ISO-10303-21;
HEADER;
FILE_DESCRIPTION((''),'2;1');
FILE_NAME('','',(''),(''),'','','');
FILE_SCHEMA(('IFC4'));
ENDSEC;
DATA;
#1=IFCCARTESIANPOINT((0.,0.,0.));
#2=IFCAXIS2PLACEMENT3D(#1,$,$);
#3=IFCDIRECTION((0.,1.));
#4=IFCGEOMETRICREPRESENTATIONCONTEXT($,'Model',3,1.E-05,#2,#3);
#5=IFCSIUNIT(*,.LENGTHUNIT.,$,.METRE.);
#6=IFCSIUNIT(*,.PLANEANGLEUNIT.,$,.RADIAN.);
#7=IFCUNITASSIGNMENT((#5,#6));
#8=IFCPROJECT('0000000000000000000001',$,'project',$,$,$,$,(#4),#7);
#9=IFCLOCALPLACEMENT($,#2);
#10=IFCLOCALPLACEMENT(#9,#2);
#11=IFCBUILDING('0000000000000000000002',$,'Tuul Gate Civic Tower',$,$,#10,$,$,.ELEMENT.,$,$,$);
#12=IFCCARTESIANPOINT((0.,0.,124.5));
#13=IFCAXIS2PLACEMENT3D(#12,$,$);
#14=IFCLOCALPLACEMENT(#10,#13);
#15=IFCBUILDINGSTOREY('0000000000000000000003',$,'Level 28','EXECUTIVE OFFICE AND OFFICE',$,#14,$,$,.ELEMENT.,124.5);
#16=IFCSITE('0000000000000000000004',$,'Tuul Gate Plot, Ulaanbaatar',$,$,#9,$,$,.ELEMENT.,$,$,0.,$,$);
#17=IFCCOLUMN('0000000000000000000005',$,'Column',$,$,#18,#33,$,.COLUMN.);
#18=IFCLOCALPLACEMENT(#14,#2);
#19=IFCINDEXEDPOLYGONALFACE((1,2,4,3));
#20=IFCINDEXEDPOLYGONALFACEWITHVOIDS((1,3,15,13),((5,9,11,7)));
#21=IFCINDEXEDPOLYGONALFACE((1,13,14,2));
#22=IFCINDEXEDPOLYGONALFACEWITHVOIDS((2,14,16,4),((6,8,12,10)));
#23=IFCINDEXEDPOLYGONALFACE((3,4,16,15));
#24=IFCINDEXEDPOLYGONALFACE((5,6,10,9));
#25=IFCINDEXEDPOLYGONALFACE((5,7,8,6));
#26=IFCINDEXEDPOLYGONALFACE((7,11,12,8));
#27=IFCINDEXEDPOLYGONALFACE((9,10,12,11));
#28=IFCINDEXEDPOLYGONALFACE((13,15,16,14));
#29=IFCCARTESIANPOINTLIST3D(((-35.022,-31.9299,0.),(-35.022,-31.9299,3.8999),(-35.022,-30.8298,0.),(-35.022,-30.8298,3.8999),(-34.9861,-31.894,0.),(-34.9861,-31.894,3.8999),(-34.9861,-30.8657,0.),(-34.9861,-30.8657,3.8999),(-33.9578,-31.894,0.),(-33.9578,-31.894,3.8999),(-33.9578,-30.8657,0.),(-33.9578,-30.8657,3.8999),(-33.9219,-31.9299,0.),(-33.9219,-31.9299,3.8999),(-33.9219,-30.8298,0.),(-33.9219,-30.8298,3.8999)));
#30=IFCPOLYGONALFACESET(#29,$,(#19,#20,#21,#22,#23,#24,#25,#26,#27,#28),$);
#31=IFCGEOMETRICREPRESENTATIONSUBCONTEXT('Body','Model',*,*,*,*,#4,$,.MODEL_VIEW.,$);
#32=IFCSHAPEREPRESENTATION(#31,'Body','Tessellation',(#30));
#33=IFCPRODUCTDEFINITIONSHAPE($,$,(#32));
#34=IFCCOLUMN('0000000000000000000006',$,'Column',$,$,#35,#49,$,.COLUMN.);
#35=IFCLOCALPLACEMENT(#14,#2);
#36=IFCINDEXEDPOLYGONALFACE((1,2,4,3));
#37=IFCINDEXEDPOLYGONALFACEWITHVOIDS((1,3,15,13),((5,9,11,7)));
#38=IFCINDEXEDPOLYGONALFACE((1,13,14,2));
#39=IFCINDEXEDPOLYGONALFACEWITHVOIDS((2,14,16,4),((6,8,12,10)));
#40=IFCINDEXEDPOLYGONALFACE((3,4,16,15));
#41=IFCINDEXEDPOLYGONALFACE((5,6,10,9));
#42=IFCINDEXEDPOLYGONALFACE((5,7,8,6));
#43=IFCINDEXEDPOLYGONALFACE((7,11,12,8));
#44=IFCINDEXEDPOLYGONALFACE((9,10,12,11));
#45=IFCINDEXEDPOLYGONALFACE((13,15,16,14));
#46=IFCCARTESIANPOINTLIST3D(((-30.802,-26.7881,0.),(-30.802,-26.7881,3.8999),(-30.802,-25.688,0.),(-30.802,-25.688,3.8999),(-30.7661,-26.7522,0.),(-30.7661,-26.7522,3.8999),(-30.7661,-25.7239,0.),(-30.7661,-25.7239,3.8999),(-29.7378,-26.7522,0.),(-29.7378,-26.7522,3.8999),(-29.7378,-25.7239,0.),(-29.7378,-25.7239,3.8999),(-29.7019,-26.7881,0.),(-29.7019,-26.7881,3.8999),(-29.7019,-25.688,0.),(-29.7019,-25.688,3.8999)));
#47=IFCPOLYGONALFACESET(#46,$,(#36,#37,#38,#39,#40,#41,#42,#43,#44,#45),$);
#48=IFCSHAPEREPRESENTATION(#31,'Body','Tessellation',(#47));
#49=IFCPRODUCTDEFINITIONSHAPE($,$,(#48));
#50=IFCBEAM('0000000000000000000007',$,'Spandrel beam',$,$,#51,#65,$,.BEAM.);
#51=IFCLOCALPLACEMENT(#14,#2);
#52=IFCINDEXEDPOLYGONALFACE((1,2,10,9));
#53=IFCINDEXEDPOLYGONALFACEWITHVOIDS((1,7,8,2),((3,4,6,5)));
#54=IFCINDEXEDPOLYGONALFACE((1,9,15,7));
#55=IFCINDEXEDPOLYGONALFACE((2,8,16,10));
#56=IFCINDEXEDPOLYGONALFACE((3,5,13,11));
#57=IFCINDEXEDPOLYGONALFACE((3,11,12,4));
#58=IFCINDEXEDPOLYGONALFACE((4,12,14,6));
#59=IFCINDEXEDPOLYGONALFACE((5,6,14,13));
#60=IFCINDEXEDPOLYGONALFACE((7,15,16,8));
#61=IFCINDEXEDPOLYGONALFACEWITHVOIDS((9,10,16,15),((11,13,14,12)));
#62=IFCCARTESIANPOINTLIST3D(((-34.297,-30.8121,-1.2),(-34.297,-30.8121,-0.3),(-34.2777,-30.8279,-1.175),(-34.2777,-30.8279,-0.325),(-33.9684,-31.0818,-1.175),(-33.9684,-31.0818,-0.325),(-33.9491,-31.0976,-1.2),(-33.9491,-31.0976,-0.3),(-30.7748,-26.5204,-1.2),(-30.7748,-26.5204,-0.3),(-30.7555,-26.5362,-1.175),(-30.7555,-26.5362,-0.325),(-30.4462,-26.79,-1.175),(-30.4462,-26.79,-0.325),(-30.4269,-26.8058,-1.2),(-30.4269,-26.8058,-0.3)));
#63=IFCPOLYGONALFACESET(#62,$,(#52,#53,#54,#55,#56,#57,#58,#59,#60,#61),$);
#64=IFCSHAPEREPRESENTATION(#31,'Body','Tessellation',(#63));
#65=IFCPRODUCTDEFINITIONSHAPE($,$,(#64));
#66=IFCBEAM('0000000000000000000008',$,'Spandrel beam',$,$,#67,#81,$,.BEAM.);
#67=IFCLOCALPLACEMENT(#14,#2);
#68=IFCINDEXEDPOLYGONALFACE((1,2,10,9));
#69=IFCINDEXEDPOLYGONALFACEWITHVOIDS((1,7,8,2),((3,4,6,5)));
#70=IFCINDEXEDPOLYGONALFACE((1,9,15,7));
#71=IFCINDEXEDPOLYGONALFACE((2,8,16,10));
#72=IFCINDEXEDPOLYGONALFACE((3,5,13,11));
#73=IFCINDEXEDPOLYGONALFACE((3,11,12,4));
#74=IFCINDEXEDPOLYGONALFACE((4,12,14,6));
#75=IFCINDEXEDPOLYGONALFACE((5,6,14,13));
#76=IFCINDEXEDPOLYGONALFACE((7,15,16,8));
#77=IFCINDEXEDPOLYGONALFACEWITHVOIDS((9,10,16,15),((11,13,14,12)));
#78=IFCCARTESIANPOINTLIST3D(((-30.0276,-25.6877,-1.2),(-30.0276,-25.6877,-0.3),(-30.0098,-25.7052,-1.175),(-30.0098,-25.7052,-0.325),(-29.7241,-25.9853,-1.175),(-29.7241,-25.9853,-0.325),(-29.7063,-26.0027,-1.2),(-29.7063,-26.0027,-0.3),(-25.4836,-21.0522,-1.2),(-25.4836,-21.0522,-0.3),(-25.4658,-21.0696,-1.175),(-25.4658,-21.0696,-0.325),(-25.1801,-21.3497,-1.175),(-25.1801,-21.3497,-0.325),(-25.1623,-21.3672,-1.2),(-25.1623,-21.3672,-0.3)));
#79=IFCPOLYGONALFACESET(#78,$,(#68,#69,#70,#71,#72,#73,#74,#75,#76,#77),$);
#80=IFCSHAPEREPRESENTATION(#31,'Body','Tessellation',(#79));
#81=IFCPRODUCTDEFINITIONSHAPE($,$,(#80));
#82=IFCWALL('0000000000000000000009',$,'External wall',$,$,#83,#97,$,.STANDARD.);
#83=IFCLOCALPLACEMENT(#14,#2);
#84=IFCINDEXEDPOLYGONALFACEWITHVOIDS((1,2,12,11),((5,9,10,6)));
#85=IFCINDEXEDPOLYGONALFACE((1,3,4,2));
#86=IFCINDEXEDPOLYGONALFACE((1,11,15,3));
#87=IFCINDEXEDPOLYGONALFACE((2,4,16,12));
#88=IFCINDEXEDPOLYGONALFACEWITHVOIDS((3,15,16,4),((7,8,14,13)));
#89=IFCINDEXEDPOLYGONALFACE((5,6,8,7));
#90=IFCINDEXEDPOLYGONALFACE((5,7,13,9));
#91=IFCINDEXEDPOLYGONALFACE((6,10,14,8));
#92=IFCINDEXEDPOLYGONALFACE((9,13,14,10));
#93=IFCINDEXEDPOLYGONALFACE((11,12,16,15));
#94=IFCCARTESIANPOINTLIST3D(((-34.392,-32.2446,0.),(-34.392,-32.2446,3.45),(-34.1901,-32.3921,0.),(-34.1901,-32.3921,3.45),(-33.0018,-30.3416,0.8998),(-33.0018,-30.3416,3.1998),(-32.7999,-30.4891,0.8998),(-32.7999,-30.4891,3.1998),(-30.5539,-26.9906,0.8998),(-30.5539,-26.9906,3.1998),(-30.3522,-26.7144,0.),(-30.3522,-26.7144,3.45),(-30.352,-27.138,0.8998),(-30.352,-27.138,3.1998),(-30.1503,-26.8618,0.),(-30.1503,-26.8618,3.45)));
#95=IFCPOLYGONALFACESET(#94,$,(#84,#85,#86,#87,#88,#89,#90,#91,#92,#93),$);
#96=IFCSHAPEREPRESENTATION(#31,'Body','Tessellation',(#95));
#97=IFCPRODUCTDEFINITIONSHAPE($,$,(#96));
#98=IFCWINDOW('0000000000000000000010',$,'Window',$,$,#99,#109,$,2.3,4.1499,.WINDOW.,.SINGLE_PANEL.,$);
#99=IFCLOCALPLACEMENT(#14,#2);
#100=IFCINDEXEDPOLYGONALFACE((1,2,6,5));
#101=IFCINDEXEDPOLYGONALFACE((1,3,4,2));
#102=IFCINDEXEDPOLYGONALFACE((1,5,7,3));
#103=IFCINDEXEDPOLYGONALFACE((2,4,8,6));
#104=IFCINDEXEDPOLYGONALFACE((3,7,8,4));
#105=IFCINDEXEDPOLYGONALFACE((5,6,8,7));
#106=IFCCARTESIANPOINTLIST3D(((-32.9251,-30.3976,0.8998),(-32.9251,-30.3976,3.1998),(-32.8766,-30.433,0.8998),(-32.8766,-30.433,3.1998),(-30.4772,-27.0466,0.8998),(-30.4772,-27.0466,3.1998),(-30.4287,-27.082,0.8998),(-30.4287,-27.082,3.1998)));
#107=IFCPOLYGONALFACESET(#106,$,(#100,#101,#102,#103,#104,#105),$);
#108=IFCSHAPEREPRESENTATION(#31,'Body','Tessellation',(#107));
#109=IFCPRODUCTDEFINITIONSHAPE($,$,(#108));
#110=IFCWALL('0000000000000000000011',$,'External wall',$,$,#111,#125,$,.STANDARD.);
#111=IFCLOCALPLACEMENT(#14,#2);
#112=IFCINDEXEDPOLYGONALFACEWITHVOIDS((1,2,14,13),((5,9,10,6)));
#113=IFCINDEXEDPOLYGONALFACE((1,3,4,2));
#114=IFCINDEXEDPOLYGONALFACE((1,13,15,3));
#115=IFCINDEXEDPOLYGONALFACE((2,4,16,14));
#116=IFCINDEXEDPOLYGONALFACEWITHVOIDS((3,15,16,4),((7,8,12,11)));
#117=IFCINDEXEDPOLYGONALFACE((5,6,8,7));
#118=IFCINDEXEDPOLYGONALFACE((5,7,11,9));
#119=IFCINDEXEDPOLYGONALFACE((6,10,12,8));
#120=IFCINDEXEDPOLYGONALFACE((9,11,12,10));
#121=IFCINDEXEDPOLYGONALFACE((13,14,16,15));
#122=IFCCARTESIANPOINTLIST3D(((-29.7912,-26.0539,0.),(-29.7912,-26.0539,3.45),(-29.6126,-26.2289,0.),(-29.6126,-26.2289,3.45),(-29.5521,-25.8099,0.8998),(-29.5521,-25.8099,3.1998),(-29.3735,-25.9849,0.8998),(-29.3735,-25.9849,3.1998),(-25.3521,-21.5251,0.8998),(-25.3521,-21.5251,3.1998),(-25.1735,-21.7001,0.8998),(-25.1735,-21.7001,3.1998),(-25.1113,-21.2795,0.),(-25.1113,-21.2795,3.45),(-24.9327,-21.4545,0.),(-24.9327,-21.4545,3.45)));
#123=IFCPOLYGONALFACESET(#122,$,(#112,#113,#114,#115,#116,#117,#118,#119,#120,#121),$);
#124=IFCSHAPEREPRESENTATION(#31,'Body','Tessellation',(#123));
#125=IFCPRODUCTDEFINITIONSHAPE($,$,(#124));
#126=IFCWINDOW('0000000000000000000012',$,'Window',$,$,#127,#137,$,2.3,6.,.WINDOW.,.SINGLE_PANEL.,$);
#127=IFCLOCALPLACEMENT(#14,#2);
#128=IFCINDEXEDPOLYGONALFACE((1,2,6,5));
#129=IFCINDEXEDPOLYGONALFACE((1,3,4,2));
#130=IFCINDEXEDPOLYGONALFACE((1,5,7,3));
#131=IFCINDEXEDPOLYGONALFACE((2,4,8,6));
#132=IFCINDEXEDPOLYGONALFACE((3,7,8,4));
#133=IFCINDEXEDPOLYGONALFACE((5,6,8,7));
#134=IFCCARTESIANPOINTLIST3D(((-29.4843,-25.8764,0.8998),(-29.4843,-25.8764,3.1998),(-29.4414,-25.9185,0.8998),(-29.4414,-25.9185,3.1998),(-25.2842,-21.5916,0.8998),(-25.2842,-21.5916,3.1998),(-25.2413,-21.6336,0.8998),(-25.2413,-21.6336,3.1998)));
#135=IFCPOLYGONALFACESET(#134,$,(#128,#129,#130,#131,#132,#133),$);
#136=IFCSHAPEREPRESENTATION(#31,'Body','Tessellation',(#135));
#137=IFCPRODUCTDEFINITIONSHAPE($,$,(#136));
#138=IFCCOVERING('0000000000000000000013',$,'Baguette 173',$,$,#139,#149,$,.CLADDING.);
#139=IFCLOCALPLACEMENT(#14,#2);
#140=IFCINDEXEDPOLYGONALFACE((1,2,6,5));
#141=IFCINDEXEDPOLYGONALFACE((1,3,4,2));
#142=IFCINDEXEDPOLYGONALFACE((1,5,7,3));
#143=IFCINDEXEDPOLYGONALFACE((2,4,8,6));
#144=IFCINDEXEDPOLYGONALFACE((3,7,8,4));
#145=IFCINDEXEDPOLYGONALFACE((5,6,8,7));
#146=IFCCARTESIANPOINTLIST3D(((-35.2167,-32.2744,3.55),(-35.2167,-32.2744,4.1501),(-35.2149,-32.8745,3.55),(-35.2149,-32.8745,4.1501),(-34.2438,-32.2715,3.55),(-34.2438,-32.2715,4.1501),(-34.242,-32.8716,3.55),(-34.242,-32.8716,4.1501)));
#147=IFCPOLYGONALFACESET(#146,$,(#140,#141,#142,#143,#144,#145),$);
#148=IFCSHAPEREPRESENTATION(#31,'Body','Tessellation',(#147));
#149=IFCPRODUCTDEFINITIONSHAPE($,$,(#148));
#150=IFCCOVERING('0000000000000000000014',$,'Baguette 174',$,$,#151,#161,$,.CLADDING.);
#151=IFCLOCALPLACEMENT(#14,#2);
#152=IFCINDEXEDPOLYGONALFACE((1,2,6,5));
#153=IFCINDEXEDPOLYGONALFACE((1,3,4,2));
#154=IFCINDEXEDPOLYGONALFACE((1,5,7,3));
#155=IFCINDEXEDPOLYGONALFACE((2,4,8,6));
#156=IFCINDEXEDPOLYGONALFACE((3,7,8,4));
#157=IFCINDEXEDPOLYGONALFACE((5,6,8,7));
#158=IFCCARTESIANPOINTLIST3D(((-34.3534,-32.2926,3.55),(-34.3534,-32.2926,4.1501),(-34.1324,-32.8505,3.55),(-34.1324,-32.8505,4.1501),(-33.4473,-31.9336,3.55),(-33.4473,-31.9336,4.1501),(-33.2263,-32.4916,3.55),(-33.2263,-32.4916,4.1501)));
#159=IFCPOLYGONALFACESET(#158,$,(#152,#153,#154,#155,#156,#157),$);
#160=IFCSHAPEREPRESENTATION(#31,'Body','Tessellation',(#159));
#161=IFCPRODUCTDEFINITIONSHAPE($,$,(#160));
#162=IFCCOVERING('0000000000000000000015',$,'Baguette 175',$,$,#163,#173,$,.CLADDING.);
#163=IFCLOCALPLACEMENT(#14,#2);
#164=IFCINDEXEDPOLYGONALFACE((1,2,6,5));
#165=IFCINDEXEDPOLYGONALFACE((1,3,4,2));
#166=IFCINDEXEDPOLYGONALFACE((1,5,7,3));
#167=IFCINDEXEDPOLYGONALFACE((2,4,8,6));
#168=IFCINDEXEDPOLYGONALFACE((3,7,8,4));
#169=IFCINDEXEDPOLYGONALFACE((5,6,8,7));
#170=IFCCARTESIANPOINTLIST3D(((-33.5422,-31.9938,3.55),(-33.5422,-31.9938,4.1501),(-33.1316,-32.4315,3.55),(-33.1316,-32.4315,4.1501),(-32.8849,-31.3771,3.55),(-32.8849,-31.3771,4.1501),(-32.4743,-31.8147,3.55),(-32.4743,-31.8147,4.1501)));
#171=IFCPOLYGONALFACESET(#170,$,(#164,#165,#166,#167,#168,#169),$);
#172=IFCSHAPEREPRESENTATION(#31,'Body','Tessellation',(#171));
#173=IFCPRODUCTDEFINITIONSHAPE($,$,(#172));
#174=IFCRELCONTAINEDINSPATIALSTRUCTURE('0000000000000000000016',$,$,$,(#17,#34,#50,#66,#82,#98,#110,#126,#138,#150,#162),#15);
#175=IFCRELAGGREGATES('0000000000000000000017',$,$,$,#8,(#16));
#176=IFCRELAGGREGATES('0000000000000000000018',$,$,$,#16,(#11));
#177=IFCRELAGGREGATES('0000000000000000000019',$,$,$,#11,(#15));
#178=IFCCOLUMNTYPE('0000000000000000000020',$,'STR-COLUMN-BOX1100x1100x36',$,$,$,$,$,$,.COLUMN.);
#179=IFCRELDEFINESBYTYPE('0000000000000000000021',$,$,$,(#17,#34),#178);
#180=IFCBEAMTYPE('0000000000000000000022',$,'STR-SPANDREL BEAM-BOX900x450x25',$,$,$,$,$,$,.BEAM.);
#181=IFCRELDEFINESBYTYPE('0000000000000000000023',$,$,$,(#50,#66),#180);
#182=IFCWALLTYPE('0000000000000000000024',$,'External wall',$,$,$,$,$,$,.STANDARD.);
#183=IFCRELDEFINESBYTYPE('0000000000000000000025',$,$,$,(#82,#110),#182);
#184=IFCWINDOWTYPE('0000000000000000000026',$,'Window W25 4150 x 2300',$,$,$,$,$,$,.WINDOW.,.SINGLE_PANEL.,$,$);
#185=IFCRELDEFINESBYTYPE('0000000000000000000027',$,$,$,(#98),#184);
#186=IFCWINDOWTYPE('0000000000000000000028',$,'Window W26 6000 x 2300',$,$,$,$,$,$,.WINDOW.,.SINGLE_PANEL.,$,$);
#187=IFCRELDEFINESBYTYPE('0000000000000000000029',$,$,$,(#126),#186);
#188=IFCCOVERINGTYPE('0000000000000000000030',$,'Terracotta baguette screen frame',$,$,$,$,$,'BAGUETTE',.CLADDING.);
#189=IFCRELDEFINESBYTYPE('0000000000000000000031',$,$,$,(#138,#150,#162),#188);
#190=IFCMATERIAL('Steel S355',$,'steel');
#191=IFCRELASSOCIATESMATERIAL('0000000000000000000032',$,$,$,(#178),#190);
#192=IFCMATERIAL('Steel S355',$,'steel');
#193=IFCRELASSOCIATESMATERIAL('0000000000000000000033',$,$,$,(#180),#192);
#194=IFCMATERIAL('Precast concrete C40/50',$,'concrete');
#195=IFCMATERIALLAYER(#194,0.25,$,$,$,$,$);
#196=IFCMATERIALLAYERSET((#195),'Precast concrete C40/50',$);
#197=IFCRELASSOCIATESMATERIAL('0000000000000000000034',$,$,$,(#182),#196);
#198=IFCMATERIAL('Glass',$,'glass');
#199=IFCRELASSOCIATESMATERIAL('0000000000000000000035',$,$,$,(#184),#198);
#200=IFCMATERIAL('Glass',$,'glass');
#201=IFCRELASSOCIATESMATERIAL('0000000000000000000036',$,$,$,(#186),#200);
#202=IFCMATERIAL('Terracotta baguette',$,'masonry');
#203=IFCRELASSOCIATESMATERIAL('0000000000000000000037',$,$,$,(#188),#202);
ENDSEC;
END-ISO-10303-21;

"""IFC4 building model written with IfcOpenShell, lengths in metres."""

from ifc_helpers import new_model, si_unit, direction, frame, frame_2d, origin, origin_2d, place, context, subcontext, project, spatial, rectangle, hollow_rectangle, extrude, material, layer, layer_set, material_profile, profile_set, type_object, element, fill, save


model = new_model("IFC4")

# Units and contexts
model_context = context("Model", 3, precision=1e-05, world=origin(), true_north=direction((0.0, 1.0)))
body_context = subcontext(model_context, "Body", "Model", "MODEL_VIEW")
ifc_project = project(units=[si_unit("LENGTHUNIT", "METRE"), si_unit("PLANEANGLEUNIT", "RADIAN")], contexts=[model_context])

# Site, building, storey
site_placement = place(None, origin())
site = spatial("IfcSite", under=ifc_project, at=site_placement, Name="Tuul Gate Plot, Ulaanbaatar", CompositionType="ELEMENT", RefElevation=0.0)
building_placement = place(site_placement, origin())
building = spatial("IfcBuilding", under=site, at=building_placement, Name="Tuul Gate Civic Tower", CompositionType="ELEMENT")
storey_placement = place(building_placement, frame((0.0, 0.0, 124.5)))
storey = spatial("IfcBuildingStorey", under=building, at=storey_placement, Name="Level 28", Description="EXECUTIVE OFFICE AND OFFICE", CompositionType="ELEMENT", Elevation=124.5)

# Columns
ifc_material_1 = material(Name="Steel S355", Category="steel")
ifc_material_profile_1 = material_profile(ifc_material_1, hollow_rectangle(XDim=1.1001, YDim=1.1001, WallThickness=0.0359, at=origin_2d()), Name="BOX1100x1100x36")
ifc_profile_set_1 = profile_set([ifc_material_profile_1], Name="Steel S355")
column_type = type_object("IfcColumnType", Name="STR-COLUMN-BOX1100x1100x36", PredefinedType="COLUMN", material=ifc_profile_set_1)
for number, where, z_axis, x_axis, name in (
    (1, (-34.4719, -31.3799, 0.0), (0.0, 0.0, 1.0), (1.0, 0.0, 0.0), "Column"),
    (2, (-30.252, -26.238, 0.0), (0.0, 0.0, 1.0), (1.0, 0.0, 0.0), "Column"),
):
    element("IfcColumn", number, at=place(storey_placement, frame(where, z_axis=z_axis, x_axis=x_axis)), inside=storey, type_object=column_type, Name=name, PredefinedType="COLUMN", context=body_context, shape_type="SweptSolid", body=[
        extrude(hollow_rectangle(XDim=1.1001, YDim=1.1001, WallThickness=0.0359, at=origin_2d()), origin(), (0.0, 0.0, 1.0), 3.8999),
    ])

# Beams
ifc_material_2 = material(Name="Steel S355", Category="steel")
ifc_material_profile_2 = material_profile(ifc_material_2, hollow_rectangle(XDim=0.45, YDim=0.8999, WallThickness=0.0249, at=origin_2d()), Name="BOX900x450x25")
ifc_profile_set_2 = profile_set([ifc_material_profile_2], Name="Steel S355")
beam_type = type_object("IfcBeamType", Name="STR-SPANDREL BEAM-BOX900x450x25", PredefinedType="BEAM", material=ifc_profile_set_2)
beam_1_placement = place(storey_placement, frame((-34.123, -30.9548, -0.75), z_axis=(0.634401, 0.773004, 0.0), x_axis=(-0.773004, 0.634401, 0.0)))
element("IfcBeam", 3, at=beam_1_placement, inside=storey, type_object=beam_type, Name="Spandrel beam", PredefinedType="BEAM", context=body_context, shape_type="SweptSolid", body=[
    extrude(hollow_rectangle(XDim=0.45, YDim=0.8999, WallThickness=0.0249, at=origin_2d()), origin(), (0.0, 0.0, 1.0), 5.552),
])
beam_2_placement = place(storey_placement, frame((-29.8669, -25.8452, -0.75), z_axis=(0.70002, 0.714124, 0.0), x_axis=(-0.714124, 0.70002, 0.0)))
element("IfcBeam", 4, at=beam_2_placement, inside=storey, type_object=beam_type, Name="Spandrel beam", PredefinedType="BEAM", context=body_context, shape_type="SweptSolid", body=[
    extrude(hollow_rectangle(XDim=0.45, YDim=0.8999, WallThickness=0.0249, at=origin_2d()), origin(), (0.0, 0.0, 1.0), 6.4912),
])

# Walls, openings, windows
ifc_material_3 = material(Name="Precast concrete C40/50", Category="concrete")
ifc_layer = layer(ifc_material_3, 0.25)
ifc_layer_set = layer_set([ifc_layer], Name="Precast concrete C40/50")
wall_type = type_object("IfcWallType", Name="External wall", PredefinedType="STANDARD", material=ifc_layer_set)
wall_1_placement = place(storey_placement, frame((-34.291, -32.3184, 0.0), z_axis=(0.0, 0.0, 1.0), x_axis=(0.589868, 0.8075, 0.0)))
wall_1 = element("IfcWall", 5, at=wall_1_placement, inside=storey, type_object=wall_type, Name="External wall", PredefinedType="STANDARD", context=body_context, shape_type="SweptSolid", body=[
    extrude(rectangle(XDim=6.8486, YDim=0.25, at=frame_2d((3.4243, 0.0))), origin(), (0.0, 0.0, 1.0), 3.45),
])
opening_1_placement = place(wall_1_placement, frame((2.3567, 0.0, 0.8999)))
opening_1 = element("IfcOpeningElement", 6, at=opening_1_placement, cuts=wall_1, PredefinedType="OPENING", context=body_context, shape_type="SweptSolid", body=[
    extrude(rectangle(XDim=4.1499, YDim=2.3, at=frame_2d((2.075, 1.1499))), frame((0.0, 0.135, 0.0), z_axis=(0.0, -1.0, 0.0), x_axis=(1.0, 0.0, 0.0)), (0.0, 0.0, 1.0), 0.27),
])
ifc_material_4 = material(Name="Glass", Category="glass")
window_type_1 = type_object("IfcWindowType", Name="Window W25 4150 x 2300", PartitioningType="SINGLE_PANEL", PredefinedType="WINDOW", material=ifc_material_4)
window_1_placement = place(opening_1_placement, origin())
window_1 = element("IfcWindow", 7, at=window_1_placement, inside=storey, type_object=window_type_1, Name="Window", OverallHeight=2.3, OverallWidth=4.1499, PartitioningType="SINGLE_PANEL", PredefinedType="WINDOW", context=body_context, shape_type="SweptSolid", body=[
    extrude(rectangle(XDim=4.1499, YDim=2.3, at=frame_2d((2.075, 1.1499))), frame((0.0, 0.03, 0.0), z_axis=(0.0, -1.0, 0.0), x_axis=(1.0, 0.0, 0.0)), (0.0, 0.0, 1.0), 0.0601),
])
fill(opening_1, window_1)
wall_2_placement = place(storey_placement, frame((-29.7019, -26.1414, 0.0), z_axis=(0.0, 0.0, 1.0), x_axis=(0.700005, 0.714138, 0.0)))
wall_2 = element("IfcWall", 8, at=wall_2_placement, inside=storey, type_object=wall_type, Name="External wall", PredefinedType="STANDARD", context=body_context, shape_type="SweptSolid", body=[
    extrude(rectangle(XDim=6.6855, YDim=0.25, at=frame_2d((3.3428, 0.0))), origin(), (0.0, 0.0, 1.0), 3.45),
])
opening_2_placement = place(wall_2_placement, frame((0.3416, 0.0, 0.8999)))
opening_2 = element("IfcOpeningElement", 9, at=opening_2_placement, cuts=wall_2, PredefinedType="OPENING", context=body_context, shape_type="SweptSolid", body=[
    extrude(rectangle(XDim=6.0, YDim=2.3, at=frame_2d((3.0, 1.1499))), frame((0.0, 0.135, 0.0), z_axis=(0.0, -1.0, 0.0), x_axis=(1.0, 0.0, 0.0)), (0.0, 0.0, 1.0), 0.27),
])
ifc_material_5 = material(Name="Glass", Category="glass")
window_type_2 = type_object("IfcWindowType", Name="Window W26 6000 x 2300", PartitioningType="SINGLE_PANEL", PredefinedType="WINDOW", material=ifc_material_5)
window_2_placement = place(opening_2_placement, origin())
window_2 = element("IfcWindow", 10, at=window_2_placement, inside=storey, type_object=window_type_2, Name="Window", OverallHeight=2.3, OverallWidth=6.0, PartitioningType="SINGLE_PANEL", PredefinedType="WINDOW", context=body_context, shape_type="SweptSolid", body=[
    extrude(rectangle(XDim=6.0, YDim=2.3, at=frame_2d((3.0, 1.1499))), frame((0.0, 0.03, 0.0), z_axis=(0.0, -1.0, 0.0), x_axis=(1.0, 0.0, 0.0)), (0.0, 0.0, 1.0), 0.0601),
])
fill(opening_2, window_2)

# Coverings
ifc_material_6 = material(Name="Terracotta baguette", Category="masonry")
ifc_material_profile_3 = material_profile(ifc_material_6, rectangle(XDim=0.6001, YDim=0.6001, at=origin_2d()), Name="Terracotta baguette screen frame")
ifc_profile_set_3 = profile_set([ifc_material_profile_3], Name="Terracotta baguette")
covering_type = type_object("IfcCoveringType", Name="Terracotta baguette screen frame", ElementType="BAGUETTE", PredefinedType="CLADDING", material=ifc_profile_set_3)
covering_1_placement = place(storey_placement, frame((-35.2158, -32.5745, 3.8501), z_axis=(0.999995, 0.003011, 0.0), x_axis=(-0.003011, 0.999995, 0.0)))
element("IfcCovering", 11, at=covering_1_placement, inside=storey, type_object=covering_type, Name="Baguette 173", PredefinedType="CLADDING", context=body_context, shape_type="SweptSolid", body=[
    extrude(rectangle(XDim=0.6001, YDim=0.6001, at=origin_2d()), origin(), (0.0, 0.0, 1.0), 0.9729),
])
covering_2_placement = place(storey_placement, frame((-34.2429, -32.5715, 3.8501), z_axis=(0.929715, 0.368279, 0.0), x_axis=(-0.368279, 0.929715, 0.0)))
element("IfcCovering", 12, at=covering_2_placement, inside=storey, type_object=covering_type, Name="Baguette 174", PredefinedType="CLADDING", context=body_context, shape_type="SweptSolid", body=[
    extrude(rectangle(XDim=0.6001, YDim=0.6001, at=origin_2d()), origin(), (0.0, 0.0, 1.0), 0.9746),
])
covering_3_placement = place(storey_placement, frame((-33.3369, -32.2126, 3.8501), z_axis=(0.729233, 0.684265, 0.0), x_axis=(-0.684265, 0.729233, 0.0)))
element("IfcCovering", 13, at=covering_3_placement, inside=storey, type_object=covering_type, Name="Baguette 175", PredefinedType="CLADDING", context=body_context, shape_type="SweptSolid", body=[
    extrude(rectangle(XDim=0.6001, YDim=0.6001, at=origin_2d()), origin(), (0.0, 0.0, 1.0), 0.9014),
])

save(model, "model.ifc")
